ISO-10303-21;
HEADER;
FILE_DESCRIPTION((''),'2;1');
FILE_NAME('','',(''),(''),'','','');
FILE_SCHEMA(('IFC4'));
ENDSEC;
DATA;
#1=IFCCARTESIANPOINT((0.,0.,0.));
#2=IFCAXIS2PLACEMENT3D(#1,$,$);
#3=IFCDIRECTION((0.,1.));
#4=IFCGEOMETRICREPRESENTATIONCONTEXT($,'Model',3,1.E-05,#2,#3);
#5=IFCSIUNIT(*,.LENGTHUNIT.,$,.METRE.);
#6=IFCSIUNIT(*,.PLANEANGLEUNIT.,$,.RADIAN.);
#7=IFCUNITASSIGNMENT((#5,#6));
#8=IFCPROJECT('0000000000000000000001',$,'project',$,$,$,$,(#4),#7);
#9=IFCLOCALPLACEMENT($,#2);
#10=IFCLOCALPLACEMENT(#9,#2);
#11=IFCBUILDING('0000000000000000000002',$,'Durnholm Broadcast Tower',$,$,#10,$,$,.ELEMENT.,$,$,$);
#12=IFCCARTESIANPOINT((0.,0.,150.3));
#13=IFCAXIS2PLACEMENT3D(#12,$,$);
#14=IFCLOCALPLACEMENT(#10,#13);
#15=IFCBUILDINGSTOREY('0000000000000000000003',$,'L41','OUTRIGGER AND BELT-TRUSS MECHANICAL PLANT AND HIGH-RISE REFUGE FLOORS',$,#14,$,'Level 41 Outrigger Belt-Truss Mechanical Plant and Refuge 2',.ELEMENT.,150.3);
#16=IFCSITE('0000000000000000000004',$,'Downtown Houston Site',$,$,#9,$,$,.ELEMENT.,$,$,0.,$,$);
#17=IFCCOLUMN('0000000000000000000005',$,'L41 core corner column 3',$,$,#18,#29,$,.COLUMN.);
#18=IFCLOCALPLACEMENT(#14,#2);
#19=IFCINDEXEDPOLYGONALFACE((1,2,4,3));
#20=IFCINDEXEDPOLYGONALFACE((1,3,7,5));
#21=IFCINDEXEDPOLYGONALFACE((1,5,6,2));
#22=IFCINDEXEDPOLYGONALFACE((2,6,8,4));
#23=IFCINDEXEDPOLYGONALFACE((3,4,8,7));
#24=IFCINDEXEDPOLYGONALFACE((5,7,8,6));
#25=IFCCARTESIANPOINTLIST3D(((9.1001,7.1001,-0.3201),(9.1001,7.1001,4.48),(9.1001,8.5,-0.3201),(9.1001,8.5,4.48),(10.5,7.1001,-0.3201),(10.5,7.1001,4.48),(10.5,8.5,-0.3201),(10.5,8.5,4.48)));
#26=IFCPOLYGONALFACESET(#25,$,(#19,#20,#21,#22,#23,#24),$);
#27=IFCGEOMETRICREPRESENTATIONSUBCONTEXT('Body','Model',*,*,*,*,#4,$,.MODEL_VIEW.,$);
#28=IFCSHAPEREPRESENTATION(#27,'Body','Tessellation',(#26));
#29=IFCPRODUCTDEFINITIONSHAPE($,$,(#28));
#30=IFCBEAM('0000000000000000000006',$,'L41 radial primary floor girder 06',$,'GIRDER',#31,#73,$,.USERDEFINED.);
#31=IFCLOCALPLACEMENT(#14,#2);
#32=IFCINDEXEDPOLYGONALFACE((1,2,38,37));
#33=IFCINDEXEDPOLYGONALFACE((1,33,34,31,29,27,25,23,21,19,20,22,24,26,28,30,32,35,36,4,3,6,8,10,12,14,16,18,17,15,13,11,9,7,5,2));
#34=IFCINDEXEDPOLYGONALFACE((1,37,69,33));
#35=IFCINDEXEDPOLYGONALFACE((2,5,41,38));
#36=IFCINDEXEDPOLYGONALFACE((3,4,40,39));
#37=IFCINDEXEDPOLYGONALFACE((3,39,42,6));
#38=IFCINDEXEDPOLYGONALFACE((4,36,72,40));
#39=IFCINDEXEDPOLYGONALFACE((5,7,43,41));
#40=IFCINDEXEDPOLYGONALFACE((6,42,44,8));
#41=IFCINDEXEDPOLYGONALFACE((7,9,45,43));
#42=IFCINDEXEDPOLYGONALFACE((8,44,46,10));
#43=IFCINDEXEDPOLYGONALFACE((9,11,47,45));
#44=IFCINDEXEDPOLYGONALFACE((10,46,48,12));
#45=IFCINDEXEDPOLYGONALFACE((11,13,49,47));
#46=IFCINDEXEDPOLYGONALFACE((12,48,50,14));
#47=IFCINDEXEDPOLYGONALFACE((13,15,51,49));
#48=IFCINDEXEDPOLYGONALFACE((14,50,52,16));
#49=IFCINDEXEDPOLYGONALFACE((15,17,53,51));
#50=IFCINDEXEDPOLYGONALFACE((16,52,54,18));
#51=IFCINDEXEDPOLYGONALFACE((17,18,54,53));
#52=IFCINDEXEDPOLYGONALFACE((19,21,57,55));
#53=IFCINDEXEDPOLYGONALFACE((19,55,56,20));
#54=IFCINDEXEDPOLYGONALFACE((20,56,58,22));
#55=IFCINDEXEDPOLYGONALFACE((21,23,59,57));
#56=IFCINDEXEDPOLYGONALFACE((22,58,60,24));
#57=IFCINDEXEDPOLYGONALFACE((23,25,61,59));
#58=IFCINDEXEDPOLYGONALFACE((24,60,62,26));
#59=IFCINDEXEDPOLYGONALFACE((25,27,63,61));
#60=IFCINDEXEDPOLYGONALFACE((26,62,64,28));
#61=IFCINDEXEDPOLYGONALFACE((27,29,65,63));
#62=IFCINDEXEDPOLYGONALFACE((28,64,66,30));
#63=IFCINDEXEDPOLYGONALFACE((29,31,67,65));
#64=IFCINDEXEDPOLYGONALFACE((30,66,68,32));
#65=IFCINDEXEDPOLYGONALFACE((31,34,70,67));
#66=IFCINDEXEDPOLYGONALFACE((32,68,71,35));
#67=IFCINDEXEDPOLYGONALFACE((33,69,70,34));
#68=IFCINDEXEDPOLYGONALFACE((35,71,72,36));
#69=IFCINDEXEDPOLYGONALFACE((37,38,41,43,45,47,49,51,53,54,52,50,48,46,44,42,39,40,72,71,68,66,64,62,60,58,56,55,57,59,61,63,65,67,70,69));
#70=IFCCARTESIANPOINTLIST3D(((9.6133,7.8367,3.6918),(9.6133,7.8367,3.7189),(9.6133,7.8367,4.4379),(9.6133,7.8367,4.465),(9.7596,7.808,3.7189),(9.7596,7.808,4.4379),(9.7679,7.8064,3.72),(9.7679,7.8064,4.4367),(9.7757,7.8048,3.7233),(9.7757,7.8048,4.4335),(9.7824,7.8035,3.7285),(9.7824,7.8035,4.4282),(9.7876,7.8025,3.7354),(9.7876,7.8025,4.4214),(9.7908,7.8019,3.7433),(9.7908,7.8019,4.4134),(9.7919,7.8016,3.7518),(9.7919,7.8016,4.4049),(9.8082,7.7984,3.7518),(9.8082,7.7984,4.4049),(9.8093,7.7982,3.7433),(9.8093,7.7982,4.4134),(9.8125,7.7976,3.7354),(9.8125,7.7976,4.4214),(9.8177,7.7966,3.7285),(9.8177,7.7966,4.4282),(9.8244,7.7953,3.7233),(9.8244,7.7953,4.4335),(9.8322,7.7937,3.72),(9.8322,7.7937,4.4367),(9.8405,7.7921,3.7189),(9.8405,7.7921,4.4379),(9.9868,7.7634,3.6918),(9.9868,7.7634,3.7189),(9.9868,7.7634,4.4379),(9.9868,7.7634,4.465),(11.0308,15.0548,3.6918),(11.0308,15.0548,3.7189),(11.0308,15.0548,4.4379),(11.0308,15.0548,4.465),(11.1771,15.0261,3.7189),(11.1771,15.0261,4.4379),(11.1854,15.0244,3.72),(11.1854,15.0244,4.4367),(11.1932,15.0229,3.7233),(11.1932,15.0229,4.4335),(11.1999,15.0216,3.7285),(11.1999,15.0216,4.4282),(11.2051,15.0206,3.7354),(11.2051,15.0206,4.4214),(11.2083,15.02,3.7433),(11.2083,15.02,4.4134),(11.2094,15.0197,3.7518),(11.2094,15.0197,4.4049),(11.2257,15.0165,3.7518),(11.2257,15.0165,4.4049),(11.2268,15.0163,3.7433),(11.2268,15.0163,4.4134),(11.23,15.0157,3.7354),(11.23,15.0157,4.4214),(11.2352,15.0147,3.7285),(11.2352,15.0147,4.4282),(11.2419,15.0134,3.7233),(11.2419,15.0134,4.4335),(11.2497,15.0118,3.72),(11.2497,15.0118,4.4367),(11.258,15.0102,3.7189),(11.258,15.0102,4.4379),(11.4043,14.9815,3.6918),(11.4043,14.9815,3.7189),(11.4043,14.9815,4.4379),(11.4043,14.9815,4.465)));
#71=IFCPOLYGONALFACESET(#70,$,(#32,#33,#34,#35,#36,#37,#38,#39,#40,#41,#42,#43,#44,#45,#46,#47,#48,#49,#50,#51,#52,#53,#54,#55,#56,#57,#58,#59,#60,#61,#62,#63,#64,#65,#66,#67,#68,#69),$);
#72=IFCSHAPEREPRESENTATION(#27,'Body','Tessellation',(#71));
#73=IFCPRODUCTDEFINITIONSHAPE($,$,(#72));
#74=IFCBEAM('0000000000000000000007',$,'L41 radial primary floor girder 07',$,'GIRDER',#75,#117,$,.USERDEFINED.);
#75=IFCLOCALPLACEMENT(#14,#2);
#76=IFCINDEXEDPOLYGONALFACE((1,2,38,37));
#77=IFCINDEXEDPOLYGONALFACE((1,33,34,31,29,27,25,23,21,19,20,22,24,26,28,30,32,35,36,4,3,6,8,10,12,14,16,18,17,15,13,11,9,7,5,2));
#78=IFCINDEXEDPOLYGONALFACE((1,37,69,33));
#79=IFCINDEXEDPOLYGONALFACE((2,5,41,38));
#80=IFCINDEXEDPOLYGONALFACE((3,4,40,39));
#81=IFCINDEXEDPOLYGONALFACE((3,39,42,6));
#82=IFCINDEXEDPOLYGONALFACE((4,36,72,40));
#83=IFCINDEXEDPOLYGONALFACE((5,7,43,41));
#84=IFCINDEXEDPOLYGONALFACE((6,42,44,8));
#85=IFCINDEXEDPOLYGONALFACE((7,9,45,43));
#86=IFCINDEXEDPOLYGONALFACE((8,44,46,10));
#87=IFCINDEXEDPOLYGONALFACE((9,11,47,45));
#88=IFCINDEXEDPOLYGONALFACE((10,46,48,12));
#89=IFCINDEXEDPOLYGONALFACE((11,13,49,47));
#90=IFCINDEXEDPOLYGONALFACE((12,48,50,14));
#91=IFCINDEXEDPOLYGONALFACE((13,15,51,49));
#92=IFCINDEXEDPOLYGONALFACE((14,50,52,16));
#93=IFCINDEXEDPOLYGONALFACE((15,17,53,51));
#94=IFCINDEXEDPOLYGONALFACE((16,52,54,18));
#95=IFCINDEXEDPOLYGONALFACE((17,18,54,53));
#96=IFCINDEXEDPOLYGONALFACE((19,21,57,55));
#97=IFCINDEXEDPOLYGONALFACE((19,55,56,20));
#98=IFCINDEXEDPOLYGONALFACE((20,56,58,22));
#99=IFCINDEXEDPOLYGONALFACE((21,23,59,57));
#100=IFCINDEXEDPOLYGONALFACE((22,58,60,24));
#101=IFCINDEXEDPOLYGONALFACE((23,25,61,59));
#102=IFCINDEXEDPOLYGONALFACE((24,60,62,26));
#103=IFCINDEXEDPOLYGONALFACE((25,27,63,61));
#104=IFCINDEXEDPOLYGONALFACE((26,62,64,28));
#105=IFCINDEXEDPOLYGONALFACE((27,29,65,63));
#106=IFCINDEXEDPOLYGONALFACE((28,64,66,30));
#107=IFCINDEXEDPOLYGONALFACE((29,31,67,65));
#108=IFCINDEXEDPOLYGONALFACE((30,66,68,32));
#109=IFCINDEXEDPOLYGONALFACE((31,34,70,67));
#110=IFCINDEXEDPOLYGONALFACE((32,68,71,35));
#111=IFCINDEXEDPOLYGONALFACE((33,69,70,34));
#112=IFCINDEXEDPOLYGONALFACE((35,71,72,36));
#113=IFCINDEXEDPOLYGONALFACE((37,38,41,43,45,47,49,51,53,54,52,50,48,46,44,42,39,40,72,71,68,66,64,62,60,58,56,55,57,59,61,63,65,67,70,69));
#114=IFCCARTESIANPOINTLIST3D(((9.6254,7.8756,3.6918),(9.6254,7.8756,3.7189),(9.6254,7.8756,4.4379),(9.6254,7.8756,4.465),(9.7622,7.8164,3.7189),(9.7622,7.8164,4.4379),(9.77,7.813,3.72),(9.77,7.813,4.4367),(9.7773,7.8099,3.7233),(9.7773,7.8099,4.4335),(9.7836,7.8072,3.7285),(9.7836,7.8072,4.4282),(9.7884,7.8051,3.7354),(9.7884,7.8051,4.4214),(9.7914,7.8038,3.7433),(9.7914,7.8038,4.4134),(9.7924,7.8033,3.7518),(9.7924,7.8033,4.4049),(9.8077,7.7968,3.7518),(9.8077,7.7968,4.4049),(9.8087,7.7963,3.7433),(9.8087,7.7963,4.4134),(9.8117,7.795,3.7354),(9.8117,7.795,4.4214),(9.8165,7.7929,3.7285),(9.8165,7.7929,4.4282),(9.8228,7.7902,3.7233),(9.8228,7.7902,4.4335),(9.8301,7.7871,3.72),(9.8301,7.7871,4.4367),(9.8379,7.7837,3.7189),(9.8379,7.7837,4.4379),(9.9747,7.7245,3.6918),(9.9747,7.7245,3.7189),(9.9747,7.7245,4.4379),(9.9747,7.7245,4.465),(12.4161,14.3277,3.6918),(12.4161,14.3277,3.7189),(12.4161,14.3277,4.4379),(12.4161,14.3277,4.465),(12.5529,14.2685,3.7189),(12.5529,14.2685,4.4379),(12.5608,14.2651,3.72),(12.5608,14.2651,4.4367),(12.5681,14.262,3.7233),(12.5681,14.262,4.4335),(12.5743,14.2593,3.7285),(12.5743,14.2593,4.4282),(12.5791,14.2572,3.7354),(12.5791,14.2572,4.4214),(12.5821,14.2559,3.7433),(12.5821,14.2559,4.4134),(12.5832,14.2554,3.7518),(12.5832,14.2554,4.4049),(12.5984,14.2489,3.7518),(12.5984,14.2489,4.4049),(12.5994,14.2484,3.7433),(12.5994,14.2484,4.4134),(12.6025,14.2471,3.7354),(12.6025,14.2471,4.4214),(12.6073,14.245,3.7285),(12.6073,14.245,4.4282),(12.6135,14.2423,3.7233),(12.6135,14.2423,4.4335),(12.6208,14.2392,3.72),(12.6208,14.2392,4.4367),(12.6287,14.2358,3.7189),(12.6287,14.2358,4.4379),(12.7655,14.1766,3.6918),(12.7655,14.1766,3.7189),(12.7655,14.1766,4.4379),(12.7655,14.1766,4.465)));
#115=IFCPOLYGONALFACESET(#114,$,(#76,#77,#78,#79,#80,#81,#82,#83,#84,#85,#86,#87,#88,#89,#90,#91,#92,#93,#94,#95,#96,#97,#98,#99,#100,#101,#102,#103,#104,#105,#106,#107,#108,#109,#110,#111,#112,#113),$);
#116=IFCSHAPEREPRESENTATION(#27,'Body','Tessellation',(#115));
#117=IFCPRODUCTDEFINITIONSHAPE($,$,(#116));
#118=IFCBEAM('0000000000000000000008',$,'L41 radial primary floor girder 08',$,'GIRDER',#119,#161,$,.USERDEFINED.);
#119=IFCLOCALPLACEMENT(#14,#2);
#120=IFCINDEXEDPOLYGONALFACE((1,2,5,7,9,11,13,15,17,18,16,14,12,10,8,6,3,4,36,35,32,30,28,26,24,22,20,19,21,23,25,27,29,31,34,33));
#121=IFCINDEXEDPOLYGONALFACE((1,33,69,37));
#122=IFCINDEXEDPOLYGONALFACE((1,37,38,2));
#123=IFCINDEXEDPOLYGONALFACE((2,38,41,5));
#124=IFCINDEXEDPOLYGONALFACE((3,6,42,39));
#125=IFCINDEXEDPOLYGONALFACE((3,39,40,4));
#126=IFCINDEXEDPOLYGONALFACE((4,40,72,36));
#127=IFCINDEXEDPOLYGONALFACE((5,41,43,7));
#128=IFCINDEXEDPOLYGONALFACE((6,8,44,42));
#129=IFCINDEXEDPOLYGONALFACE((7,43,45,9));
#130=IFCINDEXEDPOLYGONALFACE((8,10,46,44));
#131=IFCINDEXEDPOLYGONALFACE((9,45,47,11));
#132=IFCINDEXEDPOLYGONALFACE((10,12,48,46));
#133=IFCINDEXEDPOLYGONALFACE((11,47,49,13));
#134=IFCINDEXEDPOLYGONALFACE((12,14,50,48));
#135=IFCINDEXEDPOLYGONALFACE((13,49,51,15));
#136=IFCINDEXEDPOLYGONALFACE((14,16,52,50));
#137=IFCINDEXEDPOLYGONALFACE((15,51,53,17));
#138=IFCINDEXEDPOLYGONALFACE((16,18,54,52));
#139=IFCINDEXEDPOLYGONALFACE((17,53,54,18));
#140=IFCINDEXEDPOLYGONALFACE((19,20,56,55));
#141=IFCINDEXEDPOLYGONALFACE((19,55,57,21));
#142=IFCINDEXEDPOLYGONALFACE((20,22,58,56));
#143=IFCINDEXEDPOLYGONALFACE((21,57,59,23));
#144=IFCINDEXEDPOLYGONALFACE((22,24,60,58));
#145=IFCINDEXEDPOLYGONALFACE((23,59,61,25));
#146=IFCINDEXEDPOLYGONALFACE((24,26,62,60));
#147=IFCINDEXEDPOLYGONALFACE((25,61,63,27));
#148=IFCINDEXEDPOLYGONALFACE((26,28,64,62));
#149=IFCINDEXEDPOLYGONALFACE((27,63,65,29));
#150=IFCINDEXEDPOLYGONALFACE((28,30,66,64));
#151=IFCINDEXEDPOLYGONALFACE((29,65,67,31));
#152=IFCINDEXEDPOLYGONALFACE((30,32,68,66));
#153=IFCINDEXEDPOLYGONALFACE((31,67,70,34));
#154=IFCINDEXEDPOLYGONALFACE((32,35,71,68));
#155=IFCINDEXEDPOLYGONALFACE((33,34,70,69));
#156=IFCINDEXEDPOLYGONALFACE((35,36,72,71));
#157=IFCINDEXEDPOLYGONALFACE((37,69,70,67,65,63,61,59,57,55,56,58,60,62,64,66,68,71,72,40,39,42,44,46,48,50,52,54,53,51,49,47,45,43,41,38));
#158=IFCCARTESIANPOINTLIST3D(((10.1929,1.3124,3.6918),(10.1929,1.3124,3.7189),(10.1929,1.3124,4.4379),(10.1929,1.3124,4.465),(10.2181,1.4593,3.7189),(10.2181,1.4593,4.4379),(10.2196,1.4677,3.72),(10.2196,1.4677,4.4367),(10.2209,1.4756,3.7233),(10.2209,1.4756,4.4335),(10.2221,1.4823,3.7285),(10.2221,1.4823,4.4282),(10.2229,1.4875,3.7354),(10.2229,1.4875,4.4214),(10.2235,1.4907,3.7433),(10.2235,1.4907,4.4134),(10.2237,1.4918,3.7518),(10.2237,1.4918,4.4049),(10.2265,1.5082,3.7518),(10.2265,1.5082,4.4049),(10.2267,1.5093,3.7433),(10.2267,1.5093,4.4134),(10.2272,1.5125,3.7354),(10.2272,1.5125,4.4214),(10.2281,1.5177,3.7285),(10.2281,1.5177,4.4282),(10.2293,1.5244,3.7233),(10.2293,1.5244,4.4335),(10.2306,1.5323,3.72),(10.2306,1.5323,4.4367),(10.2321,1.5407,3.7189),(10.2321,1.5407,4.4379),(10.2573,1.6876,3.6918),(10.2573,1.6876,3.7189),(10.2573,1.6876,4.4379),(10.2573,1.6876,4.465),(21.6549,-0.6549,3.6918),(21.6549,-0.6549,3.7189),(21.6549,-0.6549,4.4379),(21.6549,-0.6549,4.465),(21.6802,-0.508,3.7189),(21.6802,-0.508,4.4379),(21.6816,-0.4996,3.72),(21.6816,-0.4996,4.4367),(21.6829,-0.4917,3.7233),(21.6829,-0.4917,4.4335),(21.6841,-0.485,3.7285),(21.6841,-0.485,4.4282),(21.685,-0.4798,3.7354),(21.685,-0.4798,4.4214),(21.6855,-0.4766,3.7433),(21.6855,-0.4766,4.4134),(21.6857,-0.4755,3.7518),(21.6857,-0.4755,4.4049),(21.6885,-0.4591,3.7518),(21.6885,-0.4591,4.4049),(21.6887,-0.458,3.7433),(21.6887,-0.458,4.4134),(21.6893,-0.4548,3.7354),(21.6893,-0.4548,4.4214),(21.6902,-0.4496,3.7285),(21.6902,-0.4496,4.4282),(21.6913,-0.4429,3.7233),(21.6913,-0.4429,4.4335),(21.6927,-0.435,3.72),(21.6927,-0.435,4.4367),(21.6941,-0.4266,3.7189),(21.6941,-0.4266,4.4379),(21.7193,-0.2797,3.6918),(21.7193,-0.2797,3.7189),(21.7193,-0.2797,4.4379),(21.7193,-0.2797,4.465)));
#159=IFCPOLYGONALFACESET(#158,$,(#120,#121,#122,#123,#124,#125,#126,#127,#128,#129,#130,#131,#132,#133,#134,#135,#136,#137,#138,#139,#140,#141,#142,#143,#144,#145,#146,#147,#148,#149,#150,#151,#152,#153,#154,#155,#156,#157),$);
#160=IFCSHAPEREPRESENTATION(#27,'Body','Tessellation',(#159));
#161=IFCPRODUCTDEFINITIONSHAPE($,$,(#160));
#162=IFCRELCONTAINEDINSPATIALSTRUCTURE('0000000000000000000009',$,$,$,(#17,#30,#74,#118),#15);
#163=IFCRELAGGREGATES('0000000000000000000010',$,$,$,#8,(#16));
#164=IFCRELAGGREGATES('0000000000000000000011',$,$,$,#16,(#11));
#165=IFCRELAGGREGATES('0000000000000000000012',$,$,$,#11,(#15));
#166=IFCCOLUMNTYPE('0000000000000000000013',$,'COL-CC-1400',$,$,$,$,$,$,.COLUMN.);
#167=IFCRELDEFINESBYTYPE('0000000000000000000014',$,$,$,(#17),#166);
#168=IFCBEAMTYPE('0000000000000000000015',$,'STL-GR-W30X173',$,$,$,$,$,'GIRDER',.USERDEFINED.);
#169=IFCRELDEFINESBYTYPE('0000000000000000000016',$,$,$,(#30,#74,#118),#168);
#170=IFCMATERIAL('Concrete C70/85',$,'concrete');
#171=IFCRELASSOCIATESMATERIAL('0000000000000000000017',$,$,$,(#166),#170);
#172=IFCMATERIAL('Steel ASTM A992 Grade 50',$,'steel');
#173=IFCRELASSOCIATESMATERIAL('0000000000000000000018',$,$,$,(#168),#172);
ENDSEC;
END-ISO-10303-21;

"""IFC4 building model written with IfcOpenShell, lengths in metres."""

from ifc_helpers import new_model, si_unit, direction, frame, origin, origin_2d, place, context, subcontext, project, spatial, rectangle, i_section, extrude, source, transform, mapped, material, material_profile, profile_set, type_object, type_shapes, element, save


model = new_model("IFC4")

# Units and contexts
model_context = context("Model", 3, precision=1e-05, world=origin(), true_north=direction((0.0, 1.0)))
body_context = subcontext(model_context, "Body", "Model", "MODEL_VIEW")
ifc_project = project(units=[si_unit("LENGTHUNIT", "METRE"), si_unit("PLANEANGLEUNIT", "RADIAN")], contexts=[model_context])

# Site, building, storey
site_placement = place(None, origin())
site = spatial("IfcSite", under=ifc_project, at=site_placement, Name="Downtown Houston Site", CompositionType="ELEMENT", RefElevation=0.0)
building_placement = place(site_placement, origin())
building = spatial("IfcBuilding", under=site, at=building_placement, Name="Durnholm Broadcast Tower", CompositionType="ELEMENT")
storey_placement = place(building_placement, frame((0.0, 0.0, 150.3)))
storey = spatial("IfcBuildingStorey", under=building, at=storey_placement, Name="L41", Description="OUTRIGGER AND BELT-TRUSS MECHANICAL PLANT AND HIGH-RISE REFUGE FLOORS", LongName="Level 41 Outrigger Belt-Truss Mechanical Plant and Refuge 2", CompositionType="ELEMENT", Elevation=150.3)

# Column
ifc_material_1 = material(Name="Concrete C70/85", Category="concrete")
ifc_material_profile_1 = material_profile(ifc_material_1, rectangle(XDim=1.3999, YDim=1.3999, at=origin_2d()), Name="RC1400X1400")
ifc_profile_set_1 = profile_set([ifc_material_profile_1], Name="Concrete C70/85")
column_type = type_object("IfcColumnType", Name="COL-CC-1400", PredefinedType="COLUMN", material=ifc_profile_set_1)
shared_shape_1 = source(origin(), body_context, "Body", "SweptSolid", [
    extrude(rectangle(XDim=1.3999, YDim=1.3999, at=origin_2d()), origin(), (0.0, 0.0, 1.0), 4.8),
])
type_shapes(column_type, [shared_shape_1])
column_placement = place(storey_placement, frame((9.8, 7.8, -0.3201), z_axis=(0.0, 0.0, 1.0), x_axis=(1.0, 0.0, 0.0)))
element("IfcColumn", 1, at=column_placement, inside=storey, type_object=column_type, Name="L41 core corner column 3", PredefinedType="COLUMN", context=body_context, shape_type="MappedRepresentation", body=[
    mapped(shared_shape_1, transform((0.0, 0.0, 0.0), x_axis=(1.0, 0.0, 0.0), y_axis=(0.0, 1.0, 0.0), z_axis=(0.0, 0.0, 1.0), scale=1.0)),
])

# Beams
ifc_material_2 = material(Name="Steel ASTM A992 Grade 50", Category="steel")
ifc_material_profile_2 = material_profile(ifc_material_2, i_section(OverallWidth=0.3806, OverallDepth=0.7732, WebThickness=0.0166, FlangeThickness=0.0271, FilletRadius=0.033, at=origin_2d()), Name="W30X173")
ifc_profile_set_2 = profile_set([ifc_material_profile_2], Name="Steel ASTM A992 Grade 50")
beam_type = type_object("IfcBeamType", Name="STL-GR-W30X173", ElementType="GIRDER", PredefinedType="USERDEFINED", material=ifc_profile_set_2)
shared_shape_2 = source(origin(), body_context, "Body", "SweptSolid", [
    extrude(i_section(OverallWidth=0.3806, OverallDepth=0.7732, WebThickness=0.0166, FlangeThickness=0.0271, FilletRadius=0.033, at=origin_2d()), origin(), (0.0, 0.0, 1.0), 7.356),
])
beam_1_placement = place(storey_placement, frame((9.8, 7.8, 4.0784), z_axis=(0.1927, 0.981258, 0.0), x_axis=(-0.981258, 0.1927, 0.0)))
element("IfcBeam", 2, at=beam_1_placement, inside=storey, type_object=beam_type, Name="L41 radial primary floor girder 06", ObjectType="GIRDER", PredefinedType="USERDEFINED", context=body_context, shape_type="MappedRepresentation", body=[
    mapped(shared_shape_2, transform((0.0, 0.0, 0.0), x_axis=(1.0, 0.0, 0.0), y_axis=(0.0, 1.0, 0.0), z_axis=(0.0, 0.0, 1.0), scale=1.0)),
])
shared_shape_3 = source(origin(), body_context, "Body", "SweptSolid", [
    extrude(i_section(OverallWidth=0.3806, OverallDepth=0.7732, WebThickness=0.0166, FlangeThickness=0.0271, FilletRadius=0.033, at=origin_2d()), origin(), (0.0, 0.0, 1.0), 7.0298),
])
beam_2_placement = place(storey_placement, frame((9.8, 7.8, 4.0784), z_axis=(0.396989, 0.917823, 0.0), x_axis=(-0.917823, 0.396989, 0.0)))
element("IfcBeam", 3, at=beam_2_placement, inside=storey, type_object=beam_type, Name="L41 radial primary floor girder 07", ObjectType="GIRDER", PredefinedType="USERDEFINED", context=body_context, shape_type="MappedRepresentation", body=[
    mapped(shared_shape_3, transform((0.0, 0.0, 0.0), x_axis=(1.0, 0.0, 0.0), y_axis=(0.0, 1.0, 0.0), z_axis=(0.0, 0.0, 1.0), scale=1.0)),
])
shared_shape_4 = source(origin(), body_context, "Body", "SweptSolid", [
    extrude(i_section(OverallWidth=0.3806, OverallDepth=0.7732, WebThickness=0.0166, FlangeThickness=0.0271, FilletRadius=0.033, at=origin_2d()), origin(), (0.0, 0.0, 1.0), 11.6296),
])
beam_3_placement = place(storey_placement, frame((10.2251, 1.5, 4.0784), z_axis=(0.985588, -0.169163, 0.0), x_axis=(0.169163, 0.985588, 0.0)))
element("IfcBeam", 4, at=beam_3_placement, inside=storey, type_object=beam_type, Name="L41 radial primary floor girder 08", ObjectType="GIRDER", PredefinedType="USERDEFINED", context=body_context, shape_type="MappedRepresentation", body=[
    mapped(shared_shape_4, transform((0.0, 0.0, 0.0), x_axis=(1.0, 0.0, 0.0), y_axis=(0.0, 1.0, 0.0), z_axis=(0.0, 0.0, 1.0), scale=1.0)),
])

save(model, "model.ifc")
